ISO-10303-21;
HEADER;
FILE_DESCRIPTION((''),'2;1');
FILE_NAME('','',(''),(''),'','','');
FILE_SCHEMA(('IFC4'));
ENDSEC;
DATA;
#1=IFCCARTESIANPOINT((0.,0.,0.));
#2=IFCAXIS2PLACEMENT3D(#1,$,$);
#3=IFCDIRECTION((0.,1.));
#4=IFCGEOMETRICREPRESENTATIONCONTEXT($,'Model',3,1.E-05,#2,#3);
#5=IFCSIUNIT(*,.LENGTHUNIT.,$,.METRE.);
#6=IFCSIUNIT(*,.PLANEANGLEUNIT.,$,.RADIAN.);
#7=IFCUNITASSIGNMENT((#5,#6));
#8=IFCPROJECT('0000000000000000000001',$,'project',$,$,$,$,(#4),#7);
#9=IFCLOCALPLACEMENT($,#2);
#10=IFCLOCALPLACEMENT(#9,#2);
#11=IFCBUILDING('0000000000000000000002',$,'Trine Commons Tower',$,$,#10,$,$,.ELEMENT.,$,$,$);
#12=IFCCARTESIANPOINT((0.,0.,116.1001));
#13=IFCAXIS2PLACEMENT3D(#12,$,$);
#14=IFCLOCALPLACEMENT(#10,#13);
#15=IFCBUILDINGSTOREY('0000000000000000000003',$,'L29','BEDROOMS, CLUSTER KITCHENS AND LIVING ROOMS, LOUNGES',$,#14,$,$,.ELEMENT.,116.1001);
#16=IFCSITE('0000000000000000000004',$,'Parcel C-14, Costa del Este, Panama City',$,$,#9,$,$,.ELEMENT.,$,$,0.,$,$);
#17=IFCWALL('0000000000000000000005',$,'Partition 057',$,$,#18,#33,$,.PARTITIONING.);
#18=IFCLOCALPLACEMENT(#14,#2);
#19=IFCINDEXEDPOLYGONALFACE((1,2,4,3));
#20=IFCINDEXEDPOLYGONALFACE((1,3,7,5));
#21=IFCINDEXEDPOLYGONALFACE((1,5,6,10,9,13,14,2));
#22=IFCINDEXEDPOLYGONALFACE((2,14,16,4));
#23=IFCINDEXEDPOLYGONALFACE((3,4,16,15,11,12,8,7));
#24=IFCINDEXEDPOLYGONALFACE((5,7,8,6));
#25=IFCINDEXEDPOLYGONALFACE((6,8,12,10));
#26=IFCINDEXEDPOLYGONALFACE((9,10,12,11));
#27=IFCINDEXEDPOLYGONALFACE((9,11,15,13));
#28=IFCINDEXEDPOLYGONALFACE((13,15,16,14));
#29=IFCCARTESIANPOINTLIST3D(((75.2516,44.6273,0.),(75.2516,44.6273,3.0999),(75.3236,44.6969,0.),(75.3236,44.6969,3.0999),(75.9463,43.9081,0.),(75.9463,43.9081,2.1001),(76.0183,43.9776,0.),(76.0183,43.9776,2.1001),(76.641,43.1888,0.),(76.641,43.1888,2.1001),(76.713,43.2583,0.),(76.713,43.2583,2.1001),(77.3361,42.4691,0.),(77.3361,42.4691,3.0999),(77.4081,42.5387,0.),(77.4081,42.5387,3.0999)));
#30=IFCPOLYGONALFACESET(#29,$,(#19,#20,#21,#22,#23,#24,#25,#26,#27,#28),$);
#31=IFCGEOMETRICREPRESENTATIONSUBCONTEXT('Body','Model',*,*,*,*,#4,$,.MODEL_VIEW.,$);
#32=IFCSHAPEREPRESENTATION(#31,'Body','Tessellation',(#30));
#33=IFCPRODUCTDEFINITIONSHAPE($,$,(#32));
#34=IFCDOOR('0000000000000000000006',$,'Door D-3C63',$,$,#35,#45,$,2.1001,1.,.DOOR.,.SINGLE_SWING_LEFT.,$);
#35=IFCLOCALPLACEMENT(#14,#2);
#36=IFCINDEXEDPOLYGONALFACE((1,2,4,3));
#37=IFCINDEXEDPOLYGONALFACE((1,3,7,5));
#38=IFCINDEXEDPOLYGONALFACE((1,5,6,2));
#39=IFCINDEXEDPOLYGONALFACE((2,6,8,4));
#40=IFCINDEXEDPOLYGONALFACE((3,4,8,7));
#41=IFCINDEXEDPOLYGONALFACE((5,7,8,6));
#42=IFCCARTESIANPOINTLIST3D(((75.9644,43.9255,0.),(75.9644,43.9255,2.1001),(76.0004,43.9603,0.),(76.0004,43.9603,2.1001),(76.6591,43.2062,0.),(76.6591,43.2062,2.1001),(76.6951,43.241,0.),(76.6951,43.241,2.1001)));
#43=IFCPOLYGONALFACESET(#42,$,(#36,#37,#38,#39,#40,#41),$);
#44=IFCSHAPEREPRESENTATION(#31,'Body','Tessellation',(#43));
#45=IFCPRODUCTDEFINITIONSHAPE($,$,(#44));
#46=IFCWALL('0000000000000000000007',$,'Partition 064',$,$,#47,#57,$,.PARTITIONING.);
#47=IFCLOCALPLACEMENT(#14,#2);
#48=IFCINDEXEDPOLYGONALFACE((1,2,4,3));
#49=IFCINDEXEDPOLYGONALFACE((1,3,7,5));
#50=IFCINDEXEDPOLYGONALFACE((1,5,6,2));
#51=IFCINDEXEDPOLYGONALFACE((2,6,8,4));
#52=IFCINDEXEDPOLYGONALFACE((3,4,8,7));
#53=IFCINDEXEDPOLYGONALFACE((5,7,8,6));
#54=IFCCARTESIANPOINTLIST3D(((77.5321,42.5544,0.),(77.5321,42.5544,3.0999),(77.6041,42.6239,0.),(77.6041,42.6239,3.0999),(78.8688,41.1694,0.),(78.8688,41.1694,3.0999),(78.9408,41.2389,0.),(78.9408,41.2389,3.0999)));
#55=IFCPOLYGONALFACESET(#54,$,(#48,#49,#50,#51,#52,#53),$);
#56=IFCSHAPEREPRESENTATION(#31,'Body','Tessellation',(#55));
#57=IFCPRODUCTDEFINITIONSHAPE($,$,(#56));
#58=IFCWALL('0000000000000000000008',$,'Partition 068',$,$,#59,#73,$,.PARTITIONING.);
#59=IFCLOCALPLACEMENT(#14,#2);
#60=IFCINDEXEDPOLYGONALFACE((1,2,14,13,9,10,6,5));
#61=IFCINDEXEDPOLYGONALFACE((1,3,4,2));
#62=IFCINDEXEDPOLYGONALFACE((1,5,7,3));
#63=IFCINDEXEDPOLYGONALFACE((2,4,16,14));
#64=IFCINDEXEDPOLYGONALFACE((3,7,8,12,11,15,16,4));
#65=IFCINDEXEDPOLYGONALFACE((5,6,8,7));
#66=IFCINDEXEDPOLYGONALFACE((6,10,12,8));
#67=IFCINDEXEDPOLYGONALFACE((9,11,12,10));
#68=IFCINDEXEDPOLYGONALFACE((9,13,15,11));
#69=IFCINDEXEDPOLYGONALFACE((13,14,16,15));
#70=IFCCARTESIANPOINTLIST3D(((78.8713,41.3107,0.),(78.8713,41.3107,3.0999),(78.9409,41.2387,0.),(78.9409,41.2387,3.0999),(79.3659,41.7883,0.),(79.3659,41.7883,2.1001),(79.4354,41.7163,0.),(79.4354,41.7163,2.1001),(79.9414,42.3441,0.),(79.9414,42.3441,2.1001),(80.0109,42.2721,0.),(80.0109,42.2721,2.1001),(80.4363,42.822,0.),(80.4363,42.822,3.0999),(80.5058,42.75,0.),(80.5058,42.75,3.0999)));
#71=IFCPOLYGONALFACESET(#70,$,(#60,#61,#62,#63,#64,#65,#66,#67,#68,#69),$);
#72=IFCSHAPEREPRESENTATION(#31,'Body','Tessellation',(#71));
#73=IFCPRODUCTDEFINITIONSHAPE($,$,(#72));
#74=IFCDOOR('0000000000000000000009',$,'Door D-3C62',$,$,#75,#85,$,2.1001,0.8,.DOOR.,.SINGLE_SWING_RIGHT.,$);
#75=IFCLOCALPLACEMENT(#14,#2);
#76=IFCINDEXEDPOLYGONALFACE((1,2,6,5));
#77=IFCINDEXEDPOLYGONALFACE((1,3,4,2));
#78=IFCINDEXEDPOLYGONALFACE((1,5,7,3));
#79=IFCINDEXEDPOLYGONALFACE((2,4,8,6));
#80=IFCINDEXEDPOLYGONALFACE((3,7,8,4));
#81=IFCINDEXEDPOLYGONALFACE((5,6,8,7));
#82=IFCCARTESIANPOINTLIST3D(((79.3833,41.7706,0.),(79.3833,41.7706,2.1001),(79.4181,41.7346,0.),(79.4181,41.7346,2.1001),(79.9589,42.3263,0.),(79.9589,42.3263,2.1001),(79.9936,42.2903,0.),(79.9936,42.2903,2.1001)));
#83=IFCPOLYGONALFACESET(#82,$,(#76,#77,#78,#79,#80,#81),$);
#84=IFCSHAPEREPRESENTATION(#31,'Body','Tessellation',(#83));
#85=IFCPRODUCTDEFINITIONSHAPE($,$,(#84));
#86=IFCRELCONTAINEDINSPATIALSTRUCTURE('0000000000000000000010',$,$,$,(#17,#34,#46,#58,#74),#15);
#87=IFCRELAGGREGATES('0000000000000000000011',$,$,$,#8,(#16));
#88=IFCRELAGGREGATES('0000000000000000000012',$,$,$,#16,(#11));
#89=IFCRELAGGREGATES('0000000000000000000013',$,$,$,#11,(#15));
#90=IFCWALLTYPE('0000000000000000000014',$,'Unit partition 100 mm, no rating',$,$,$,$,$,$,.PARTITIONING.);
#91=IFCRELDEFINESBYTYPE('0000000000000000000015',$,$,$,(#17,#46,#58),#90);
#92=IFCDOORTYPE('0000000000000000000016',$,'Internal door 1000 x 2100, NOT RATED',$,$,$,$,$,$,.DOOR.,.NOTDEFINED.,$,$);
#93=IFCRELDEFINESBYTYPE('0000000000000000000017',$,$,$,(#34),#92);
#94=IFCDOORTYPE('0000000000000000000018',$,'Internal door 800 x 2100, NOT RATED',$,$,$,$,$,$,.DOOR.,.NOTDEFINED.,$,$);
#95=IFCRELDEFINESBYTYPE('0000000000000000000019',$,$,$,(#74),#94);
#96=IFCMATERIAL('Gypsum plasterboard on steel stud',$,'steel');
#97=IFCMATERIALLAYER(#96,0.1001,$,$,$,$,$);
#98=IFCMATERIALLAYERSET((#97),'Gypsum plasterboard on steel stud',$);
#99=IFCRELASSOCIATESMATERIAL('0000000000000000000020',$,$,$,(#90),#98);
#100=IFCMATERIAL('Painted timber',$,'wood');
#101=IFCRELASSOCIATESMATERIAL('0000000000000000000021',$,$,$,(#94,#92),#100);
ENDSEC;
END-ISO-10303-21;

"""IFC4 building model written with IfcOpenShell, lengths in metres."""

from ifc_helpers import new_model, si_unit, direction, frame, frame_2d, origin, place, context, subcontext, project, spatial, rectangle, extrude, material, layer, layer_set, type_object, element, fill, save


model = new_model("IFC4")

# Units and contexts
model_context = context("Model", 3, precision=1e-05, world=origin(), true_north=direction((0.0, 1.0)))
body_context = subcontext(model_context, "Body", "Model", "MODEL_VIEW")
ifc_project = project(units=[si_unit("LENGTHUNIT", "METRE"), si_unit("PLANEANGLEUNIT", "RADIAN")], contexts=[model_context])

# Site, building, storey
site_placement = place(None, origin())
site = spatial("IfcSite", under=ifc_project, at=site_placement, Name="Parcel C-14, Costa del Este, Panama City", CompositionType="ELEMENT", RefElevation=0.0)
building_placement = place(site_placement, origin())
building = spatial("IfcBuilding", under=site, at=building_placement, Name="Trine Commons Tower", CompositionType="ELEMENT")
storey_placement = place(building_placement, frame((0.0, 0.0, 116.1001)))
storey = spatial("IfcBuildingStorey", under=building, at=storey_placement, Name="L29", Description="BEDROOMS, CLUSTER KITCHENS AND LIVING ROOMS, LOUNGES", CompositionType="ELEMENT", Elevation=116.1001)

# Shared definitions
ifc_material_1 = material(Name="Gypsum plasterboard on steel stud", Category="steel")

# Shared definitions
ifc_layer_1 = layer(ifc_material_1, 0.1001)
ifc_layer_set_1 = layer_set([ifc_layer_1], Name="Gypsum plasterboard on steel stud")
wall_type_1 = type_object("IfcWallType", Name="Unit partition 100 mm, no rating", PredefinedType="PARTITIONING", material=ifc_layer_set_1)

# Shared definitions
ifc_material_2 = material(Name="Painted timber", Category="wood")
door_type_1 = type_object("IfcDoorType", Name="Internal door 800 x 2100, NOT RATED", OperationType="NOTDEFINED", PredefinedType="DOOR", material=ifc_material_2)

# Wall, opening, door
wall_1_placement = place(storey_placement, frame((75.2876, 44.6621, 0.0), z_axis=(0.0, 0.0, 1.0), x_axis=(0.694714, -0.719286, 0.0)))
wall_1 = element("IfcWall", 1, at=wall_1_placement, inside=storey, type_object=wall_type_1, Name="Partition 057", PredefinedType="PARTITIONING", context=body_context, shape_type="SweptSolid", body=[
    extrude(rectangle(XDim=3.0005, YDim=0.1001, at=frame_2d((1.5002, 0.0))), origin(), (0.0, 0.0, 1.0), 3.0999),
])
opening_1_placement = place(wall_1_placement, frame((1.0, 0.0, 0.0)))
opening_1 = element("IfcOpeningElement", 2, at=opening_1_placement, cuts=wall_1, PredefinedType="OPENING", context=body_context, shape_type="SweptSolid", body=[
    extrude(rectangle(XDim=1.0, YDim=2.1001, at=frame_2d((0.5, 1.05))), frame((0.0, 0.0601, 0.0), z_axis=(0.0, -1.0, 0.0), x_axis=(1.0, 0.0, 0.0)), (0.0, 0.0, 1.0), 0.1201),
])
door_type_2 = type_object("IfcDoorType", Name="Internal door 1000 x 2100, NOT RATED", OperationType="NOTDEFINED", PredefinedType="DOOR", material=ifc_material_2)
door_1_placement = place(opening_1_placement, frame((1.0, 0.0, 0.0), z_axis=(0.0, 0.0, 1.0), x_axis=(-1.0, 0.0, 0.0)))
door_1 = element("IfcDoor", 3, at=door_1_placement, inside=storey, type_object=door_type_2, Name="Door D-3C63", OperationType="SINGLE_SWING_LEFT", OverallHeight=2.1001, OverallWidth=1.0, PredefinedType="DOOR", context=body_context, shape_type="SweptSolid", body=[
    extrude(rectangle(XDim=1.0, YDim=2.1001, at=frame_2d((0.5, 1.05))), frame((0.0, 0.0249, 0.0), z_axis=(0.0, -1.0, 0.0), x_axis=(1.0, 0.0, 0.0)), (0.0, 0.0, 1.0), 0.05),
])
fill(opening_1, door_1)

# Wall
wall_2_placement = place(storey_placement, frame((77.5681, 42.5891, 0.0), z_axis=(0.0, 0.0, 1.0), x_axis=(0.694438, -0.719552, 0.0)))
element("IfcWall", 4, at=wall_2_placement, inside=storey, type_object=wall_type_1, Name="Partition 064", PredefinedType="PARTITIONING", context=body_context, shape_type="SweptSolid", body=[
    extrude(rectangle(XDim=1.9248, YDim=0.1001, at=frame_2d((0.9624, 0.0))), origin(), (0.0, 0.0, 1.0), 3.0999),
])

# Wall, opening, door
wall_3_placement = place(storey_placement, frame((78.906, 41.2747, 0.0), z_axis=(0.0, 0.0, 1.0), x_axis=(0.719343, 0.694655, 0.0)))
wall_3 = element("IfcWall", 5, at=wall_3_placement, inside=storey, type_object=wall_type_1, Name="Partition 068", PredefinedType="PARTITIONING", context=body_context, shape_type="SweptSolid", body=[
    extrude(rectangle(XDim=2.1755, YDim=0.1001, at=frame_2d((1.0879, 0.0))), origin(), (0.0, 0.0, 1.0), 3.0999),
])
opening_2_placement = place(wall_3_placement, frame((0.6877, 0.0, 0.0)))
opening_2 = element("IfcOpeningElement", 6, at=opening_2_placement, cuts=wall_3, PredefinedType="OPENING", context=body_context, shape_type="SweptSolid", body=[
    extrude(rectangle(XDim=0.8, YDim=2.1001, at=frame_2d((0.3999, 1.05))), frame((0.0, 0.0601, 0.0), z_axis=(0.0, -1.0, 0.0), x_axis=(1.0, 0.0, 0.0)), (0.0, 0.0, 1.0), 0.1201),
])
door_2_placement = place(opening_2_placement, frame((0.8, 0.0, 0.0), z_axis=(0.0, 0.0, 1.0), x_axis=(-1.0, 0.0, 0.0)))
door_2 = element("IfcDoor", 7, at=door_2_placement, inside=storey, type_object=door_type_1, Name="Door D-3C62", OperationType="SINGLE_SWING_RIGHT", OverallHeight=2.1001, OverallWidth=0.8, PredefinedType="DOOR", context=body_context, shape_type="SweptSolid", body=[
    extrude(rectangle(XDim=0.8, YDim=2.1001, at=frame_2d((0.3999, 1.05))), frame((0.0, 0.0249, 0.0), z_axis=(0.0, -1.0, 0.0), x_axis=(1.0, 0.0, 0.0)), (0.0, 0.0, 1.0), 0.05),
])
fill(opening_2, door_2)

save(model, "model.ifc")
